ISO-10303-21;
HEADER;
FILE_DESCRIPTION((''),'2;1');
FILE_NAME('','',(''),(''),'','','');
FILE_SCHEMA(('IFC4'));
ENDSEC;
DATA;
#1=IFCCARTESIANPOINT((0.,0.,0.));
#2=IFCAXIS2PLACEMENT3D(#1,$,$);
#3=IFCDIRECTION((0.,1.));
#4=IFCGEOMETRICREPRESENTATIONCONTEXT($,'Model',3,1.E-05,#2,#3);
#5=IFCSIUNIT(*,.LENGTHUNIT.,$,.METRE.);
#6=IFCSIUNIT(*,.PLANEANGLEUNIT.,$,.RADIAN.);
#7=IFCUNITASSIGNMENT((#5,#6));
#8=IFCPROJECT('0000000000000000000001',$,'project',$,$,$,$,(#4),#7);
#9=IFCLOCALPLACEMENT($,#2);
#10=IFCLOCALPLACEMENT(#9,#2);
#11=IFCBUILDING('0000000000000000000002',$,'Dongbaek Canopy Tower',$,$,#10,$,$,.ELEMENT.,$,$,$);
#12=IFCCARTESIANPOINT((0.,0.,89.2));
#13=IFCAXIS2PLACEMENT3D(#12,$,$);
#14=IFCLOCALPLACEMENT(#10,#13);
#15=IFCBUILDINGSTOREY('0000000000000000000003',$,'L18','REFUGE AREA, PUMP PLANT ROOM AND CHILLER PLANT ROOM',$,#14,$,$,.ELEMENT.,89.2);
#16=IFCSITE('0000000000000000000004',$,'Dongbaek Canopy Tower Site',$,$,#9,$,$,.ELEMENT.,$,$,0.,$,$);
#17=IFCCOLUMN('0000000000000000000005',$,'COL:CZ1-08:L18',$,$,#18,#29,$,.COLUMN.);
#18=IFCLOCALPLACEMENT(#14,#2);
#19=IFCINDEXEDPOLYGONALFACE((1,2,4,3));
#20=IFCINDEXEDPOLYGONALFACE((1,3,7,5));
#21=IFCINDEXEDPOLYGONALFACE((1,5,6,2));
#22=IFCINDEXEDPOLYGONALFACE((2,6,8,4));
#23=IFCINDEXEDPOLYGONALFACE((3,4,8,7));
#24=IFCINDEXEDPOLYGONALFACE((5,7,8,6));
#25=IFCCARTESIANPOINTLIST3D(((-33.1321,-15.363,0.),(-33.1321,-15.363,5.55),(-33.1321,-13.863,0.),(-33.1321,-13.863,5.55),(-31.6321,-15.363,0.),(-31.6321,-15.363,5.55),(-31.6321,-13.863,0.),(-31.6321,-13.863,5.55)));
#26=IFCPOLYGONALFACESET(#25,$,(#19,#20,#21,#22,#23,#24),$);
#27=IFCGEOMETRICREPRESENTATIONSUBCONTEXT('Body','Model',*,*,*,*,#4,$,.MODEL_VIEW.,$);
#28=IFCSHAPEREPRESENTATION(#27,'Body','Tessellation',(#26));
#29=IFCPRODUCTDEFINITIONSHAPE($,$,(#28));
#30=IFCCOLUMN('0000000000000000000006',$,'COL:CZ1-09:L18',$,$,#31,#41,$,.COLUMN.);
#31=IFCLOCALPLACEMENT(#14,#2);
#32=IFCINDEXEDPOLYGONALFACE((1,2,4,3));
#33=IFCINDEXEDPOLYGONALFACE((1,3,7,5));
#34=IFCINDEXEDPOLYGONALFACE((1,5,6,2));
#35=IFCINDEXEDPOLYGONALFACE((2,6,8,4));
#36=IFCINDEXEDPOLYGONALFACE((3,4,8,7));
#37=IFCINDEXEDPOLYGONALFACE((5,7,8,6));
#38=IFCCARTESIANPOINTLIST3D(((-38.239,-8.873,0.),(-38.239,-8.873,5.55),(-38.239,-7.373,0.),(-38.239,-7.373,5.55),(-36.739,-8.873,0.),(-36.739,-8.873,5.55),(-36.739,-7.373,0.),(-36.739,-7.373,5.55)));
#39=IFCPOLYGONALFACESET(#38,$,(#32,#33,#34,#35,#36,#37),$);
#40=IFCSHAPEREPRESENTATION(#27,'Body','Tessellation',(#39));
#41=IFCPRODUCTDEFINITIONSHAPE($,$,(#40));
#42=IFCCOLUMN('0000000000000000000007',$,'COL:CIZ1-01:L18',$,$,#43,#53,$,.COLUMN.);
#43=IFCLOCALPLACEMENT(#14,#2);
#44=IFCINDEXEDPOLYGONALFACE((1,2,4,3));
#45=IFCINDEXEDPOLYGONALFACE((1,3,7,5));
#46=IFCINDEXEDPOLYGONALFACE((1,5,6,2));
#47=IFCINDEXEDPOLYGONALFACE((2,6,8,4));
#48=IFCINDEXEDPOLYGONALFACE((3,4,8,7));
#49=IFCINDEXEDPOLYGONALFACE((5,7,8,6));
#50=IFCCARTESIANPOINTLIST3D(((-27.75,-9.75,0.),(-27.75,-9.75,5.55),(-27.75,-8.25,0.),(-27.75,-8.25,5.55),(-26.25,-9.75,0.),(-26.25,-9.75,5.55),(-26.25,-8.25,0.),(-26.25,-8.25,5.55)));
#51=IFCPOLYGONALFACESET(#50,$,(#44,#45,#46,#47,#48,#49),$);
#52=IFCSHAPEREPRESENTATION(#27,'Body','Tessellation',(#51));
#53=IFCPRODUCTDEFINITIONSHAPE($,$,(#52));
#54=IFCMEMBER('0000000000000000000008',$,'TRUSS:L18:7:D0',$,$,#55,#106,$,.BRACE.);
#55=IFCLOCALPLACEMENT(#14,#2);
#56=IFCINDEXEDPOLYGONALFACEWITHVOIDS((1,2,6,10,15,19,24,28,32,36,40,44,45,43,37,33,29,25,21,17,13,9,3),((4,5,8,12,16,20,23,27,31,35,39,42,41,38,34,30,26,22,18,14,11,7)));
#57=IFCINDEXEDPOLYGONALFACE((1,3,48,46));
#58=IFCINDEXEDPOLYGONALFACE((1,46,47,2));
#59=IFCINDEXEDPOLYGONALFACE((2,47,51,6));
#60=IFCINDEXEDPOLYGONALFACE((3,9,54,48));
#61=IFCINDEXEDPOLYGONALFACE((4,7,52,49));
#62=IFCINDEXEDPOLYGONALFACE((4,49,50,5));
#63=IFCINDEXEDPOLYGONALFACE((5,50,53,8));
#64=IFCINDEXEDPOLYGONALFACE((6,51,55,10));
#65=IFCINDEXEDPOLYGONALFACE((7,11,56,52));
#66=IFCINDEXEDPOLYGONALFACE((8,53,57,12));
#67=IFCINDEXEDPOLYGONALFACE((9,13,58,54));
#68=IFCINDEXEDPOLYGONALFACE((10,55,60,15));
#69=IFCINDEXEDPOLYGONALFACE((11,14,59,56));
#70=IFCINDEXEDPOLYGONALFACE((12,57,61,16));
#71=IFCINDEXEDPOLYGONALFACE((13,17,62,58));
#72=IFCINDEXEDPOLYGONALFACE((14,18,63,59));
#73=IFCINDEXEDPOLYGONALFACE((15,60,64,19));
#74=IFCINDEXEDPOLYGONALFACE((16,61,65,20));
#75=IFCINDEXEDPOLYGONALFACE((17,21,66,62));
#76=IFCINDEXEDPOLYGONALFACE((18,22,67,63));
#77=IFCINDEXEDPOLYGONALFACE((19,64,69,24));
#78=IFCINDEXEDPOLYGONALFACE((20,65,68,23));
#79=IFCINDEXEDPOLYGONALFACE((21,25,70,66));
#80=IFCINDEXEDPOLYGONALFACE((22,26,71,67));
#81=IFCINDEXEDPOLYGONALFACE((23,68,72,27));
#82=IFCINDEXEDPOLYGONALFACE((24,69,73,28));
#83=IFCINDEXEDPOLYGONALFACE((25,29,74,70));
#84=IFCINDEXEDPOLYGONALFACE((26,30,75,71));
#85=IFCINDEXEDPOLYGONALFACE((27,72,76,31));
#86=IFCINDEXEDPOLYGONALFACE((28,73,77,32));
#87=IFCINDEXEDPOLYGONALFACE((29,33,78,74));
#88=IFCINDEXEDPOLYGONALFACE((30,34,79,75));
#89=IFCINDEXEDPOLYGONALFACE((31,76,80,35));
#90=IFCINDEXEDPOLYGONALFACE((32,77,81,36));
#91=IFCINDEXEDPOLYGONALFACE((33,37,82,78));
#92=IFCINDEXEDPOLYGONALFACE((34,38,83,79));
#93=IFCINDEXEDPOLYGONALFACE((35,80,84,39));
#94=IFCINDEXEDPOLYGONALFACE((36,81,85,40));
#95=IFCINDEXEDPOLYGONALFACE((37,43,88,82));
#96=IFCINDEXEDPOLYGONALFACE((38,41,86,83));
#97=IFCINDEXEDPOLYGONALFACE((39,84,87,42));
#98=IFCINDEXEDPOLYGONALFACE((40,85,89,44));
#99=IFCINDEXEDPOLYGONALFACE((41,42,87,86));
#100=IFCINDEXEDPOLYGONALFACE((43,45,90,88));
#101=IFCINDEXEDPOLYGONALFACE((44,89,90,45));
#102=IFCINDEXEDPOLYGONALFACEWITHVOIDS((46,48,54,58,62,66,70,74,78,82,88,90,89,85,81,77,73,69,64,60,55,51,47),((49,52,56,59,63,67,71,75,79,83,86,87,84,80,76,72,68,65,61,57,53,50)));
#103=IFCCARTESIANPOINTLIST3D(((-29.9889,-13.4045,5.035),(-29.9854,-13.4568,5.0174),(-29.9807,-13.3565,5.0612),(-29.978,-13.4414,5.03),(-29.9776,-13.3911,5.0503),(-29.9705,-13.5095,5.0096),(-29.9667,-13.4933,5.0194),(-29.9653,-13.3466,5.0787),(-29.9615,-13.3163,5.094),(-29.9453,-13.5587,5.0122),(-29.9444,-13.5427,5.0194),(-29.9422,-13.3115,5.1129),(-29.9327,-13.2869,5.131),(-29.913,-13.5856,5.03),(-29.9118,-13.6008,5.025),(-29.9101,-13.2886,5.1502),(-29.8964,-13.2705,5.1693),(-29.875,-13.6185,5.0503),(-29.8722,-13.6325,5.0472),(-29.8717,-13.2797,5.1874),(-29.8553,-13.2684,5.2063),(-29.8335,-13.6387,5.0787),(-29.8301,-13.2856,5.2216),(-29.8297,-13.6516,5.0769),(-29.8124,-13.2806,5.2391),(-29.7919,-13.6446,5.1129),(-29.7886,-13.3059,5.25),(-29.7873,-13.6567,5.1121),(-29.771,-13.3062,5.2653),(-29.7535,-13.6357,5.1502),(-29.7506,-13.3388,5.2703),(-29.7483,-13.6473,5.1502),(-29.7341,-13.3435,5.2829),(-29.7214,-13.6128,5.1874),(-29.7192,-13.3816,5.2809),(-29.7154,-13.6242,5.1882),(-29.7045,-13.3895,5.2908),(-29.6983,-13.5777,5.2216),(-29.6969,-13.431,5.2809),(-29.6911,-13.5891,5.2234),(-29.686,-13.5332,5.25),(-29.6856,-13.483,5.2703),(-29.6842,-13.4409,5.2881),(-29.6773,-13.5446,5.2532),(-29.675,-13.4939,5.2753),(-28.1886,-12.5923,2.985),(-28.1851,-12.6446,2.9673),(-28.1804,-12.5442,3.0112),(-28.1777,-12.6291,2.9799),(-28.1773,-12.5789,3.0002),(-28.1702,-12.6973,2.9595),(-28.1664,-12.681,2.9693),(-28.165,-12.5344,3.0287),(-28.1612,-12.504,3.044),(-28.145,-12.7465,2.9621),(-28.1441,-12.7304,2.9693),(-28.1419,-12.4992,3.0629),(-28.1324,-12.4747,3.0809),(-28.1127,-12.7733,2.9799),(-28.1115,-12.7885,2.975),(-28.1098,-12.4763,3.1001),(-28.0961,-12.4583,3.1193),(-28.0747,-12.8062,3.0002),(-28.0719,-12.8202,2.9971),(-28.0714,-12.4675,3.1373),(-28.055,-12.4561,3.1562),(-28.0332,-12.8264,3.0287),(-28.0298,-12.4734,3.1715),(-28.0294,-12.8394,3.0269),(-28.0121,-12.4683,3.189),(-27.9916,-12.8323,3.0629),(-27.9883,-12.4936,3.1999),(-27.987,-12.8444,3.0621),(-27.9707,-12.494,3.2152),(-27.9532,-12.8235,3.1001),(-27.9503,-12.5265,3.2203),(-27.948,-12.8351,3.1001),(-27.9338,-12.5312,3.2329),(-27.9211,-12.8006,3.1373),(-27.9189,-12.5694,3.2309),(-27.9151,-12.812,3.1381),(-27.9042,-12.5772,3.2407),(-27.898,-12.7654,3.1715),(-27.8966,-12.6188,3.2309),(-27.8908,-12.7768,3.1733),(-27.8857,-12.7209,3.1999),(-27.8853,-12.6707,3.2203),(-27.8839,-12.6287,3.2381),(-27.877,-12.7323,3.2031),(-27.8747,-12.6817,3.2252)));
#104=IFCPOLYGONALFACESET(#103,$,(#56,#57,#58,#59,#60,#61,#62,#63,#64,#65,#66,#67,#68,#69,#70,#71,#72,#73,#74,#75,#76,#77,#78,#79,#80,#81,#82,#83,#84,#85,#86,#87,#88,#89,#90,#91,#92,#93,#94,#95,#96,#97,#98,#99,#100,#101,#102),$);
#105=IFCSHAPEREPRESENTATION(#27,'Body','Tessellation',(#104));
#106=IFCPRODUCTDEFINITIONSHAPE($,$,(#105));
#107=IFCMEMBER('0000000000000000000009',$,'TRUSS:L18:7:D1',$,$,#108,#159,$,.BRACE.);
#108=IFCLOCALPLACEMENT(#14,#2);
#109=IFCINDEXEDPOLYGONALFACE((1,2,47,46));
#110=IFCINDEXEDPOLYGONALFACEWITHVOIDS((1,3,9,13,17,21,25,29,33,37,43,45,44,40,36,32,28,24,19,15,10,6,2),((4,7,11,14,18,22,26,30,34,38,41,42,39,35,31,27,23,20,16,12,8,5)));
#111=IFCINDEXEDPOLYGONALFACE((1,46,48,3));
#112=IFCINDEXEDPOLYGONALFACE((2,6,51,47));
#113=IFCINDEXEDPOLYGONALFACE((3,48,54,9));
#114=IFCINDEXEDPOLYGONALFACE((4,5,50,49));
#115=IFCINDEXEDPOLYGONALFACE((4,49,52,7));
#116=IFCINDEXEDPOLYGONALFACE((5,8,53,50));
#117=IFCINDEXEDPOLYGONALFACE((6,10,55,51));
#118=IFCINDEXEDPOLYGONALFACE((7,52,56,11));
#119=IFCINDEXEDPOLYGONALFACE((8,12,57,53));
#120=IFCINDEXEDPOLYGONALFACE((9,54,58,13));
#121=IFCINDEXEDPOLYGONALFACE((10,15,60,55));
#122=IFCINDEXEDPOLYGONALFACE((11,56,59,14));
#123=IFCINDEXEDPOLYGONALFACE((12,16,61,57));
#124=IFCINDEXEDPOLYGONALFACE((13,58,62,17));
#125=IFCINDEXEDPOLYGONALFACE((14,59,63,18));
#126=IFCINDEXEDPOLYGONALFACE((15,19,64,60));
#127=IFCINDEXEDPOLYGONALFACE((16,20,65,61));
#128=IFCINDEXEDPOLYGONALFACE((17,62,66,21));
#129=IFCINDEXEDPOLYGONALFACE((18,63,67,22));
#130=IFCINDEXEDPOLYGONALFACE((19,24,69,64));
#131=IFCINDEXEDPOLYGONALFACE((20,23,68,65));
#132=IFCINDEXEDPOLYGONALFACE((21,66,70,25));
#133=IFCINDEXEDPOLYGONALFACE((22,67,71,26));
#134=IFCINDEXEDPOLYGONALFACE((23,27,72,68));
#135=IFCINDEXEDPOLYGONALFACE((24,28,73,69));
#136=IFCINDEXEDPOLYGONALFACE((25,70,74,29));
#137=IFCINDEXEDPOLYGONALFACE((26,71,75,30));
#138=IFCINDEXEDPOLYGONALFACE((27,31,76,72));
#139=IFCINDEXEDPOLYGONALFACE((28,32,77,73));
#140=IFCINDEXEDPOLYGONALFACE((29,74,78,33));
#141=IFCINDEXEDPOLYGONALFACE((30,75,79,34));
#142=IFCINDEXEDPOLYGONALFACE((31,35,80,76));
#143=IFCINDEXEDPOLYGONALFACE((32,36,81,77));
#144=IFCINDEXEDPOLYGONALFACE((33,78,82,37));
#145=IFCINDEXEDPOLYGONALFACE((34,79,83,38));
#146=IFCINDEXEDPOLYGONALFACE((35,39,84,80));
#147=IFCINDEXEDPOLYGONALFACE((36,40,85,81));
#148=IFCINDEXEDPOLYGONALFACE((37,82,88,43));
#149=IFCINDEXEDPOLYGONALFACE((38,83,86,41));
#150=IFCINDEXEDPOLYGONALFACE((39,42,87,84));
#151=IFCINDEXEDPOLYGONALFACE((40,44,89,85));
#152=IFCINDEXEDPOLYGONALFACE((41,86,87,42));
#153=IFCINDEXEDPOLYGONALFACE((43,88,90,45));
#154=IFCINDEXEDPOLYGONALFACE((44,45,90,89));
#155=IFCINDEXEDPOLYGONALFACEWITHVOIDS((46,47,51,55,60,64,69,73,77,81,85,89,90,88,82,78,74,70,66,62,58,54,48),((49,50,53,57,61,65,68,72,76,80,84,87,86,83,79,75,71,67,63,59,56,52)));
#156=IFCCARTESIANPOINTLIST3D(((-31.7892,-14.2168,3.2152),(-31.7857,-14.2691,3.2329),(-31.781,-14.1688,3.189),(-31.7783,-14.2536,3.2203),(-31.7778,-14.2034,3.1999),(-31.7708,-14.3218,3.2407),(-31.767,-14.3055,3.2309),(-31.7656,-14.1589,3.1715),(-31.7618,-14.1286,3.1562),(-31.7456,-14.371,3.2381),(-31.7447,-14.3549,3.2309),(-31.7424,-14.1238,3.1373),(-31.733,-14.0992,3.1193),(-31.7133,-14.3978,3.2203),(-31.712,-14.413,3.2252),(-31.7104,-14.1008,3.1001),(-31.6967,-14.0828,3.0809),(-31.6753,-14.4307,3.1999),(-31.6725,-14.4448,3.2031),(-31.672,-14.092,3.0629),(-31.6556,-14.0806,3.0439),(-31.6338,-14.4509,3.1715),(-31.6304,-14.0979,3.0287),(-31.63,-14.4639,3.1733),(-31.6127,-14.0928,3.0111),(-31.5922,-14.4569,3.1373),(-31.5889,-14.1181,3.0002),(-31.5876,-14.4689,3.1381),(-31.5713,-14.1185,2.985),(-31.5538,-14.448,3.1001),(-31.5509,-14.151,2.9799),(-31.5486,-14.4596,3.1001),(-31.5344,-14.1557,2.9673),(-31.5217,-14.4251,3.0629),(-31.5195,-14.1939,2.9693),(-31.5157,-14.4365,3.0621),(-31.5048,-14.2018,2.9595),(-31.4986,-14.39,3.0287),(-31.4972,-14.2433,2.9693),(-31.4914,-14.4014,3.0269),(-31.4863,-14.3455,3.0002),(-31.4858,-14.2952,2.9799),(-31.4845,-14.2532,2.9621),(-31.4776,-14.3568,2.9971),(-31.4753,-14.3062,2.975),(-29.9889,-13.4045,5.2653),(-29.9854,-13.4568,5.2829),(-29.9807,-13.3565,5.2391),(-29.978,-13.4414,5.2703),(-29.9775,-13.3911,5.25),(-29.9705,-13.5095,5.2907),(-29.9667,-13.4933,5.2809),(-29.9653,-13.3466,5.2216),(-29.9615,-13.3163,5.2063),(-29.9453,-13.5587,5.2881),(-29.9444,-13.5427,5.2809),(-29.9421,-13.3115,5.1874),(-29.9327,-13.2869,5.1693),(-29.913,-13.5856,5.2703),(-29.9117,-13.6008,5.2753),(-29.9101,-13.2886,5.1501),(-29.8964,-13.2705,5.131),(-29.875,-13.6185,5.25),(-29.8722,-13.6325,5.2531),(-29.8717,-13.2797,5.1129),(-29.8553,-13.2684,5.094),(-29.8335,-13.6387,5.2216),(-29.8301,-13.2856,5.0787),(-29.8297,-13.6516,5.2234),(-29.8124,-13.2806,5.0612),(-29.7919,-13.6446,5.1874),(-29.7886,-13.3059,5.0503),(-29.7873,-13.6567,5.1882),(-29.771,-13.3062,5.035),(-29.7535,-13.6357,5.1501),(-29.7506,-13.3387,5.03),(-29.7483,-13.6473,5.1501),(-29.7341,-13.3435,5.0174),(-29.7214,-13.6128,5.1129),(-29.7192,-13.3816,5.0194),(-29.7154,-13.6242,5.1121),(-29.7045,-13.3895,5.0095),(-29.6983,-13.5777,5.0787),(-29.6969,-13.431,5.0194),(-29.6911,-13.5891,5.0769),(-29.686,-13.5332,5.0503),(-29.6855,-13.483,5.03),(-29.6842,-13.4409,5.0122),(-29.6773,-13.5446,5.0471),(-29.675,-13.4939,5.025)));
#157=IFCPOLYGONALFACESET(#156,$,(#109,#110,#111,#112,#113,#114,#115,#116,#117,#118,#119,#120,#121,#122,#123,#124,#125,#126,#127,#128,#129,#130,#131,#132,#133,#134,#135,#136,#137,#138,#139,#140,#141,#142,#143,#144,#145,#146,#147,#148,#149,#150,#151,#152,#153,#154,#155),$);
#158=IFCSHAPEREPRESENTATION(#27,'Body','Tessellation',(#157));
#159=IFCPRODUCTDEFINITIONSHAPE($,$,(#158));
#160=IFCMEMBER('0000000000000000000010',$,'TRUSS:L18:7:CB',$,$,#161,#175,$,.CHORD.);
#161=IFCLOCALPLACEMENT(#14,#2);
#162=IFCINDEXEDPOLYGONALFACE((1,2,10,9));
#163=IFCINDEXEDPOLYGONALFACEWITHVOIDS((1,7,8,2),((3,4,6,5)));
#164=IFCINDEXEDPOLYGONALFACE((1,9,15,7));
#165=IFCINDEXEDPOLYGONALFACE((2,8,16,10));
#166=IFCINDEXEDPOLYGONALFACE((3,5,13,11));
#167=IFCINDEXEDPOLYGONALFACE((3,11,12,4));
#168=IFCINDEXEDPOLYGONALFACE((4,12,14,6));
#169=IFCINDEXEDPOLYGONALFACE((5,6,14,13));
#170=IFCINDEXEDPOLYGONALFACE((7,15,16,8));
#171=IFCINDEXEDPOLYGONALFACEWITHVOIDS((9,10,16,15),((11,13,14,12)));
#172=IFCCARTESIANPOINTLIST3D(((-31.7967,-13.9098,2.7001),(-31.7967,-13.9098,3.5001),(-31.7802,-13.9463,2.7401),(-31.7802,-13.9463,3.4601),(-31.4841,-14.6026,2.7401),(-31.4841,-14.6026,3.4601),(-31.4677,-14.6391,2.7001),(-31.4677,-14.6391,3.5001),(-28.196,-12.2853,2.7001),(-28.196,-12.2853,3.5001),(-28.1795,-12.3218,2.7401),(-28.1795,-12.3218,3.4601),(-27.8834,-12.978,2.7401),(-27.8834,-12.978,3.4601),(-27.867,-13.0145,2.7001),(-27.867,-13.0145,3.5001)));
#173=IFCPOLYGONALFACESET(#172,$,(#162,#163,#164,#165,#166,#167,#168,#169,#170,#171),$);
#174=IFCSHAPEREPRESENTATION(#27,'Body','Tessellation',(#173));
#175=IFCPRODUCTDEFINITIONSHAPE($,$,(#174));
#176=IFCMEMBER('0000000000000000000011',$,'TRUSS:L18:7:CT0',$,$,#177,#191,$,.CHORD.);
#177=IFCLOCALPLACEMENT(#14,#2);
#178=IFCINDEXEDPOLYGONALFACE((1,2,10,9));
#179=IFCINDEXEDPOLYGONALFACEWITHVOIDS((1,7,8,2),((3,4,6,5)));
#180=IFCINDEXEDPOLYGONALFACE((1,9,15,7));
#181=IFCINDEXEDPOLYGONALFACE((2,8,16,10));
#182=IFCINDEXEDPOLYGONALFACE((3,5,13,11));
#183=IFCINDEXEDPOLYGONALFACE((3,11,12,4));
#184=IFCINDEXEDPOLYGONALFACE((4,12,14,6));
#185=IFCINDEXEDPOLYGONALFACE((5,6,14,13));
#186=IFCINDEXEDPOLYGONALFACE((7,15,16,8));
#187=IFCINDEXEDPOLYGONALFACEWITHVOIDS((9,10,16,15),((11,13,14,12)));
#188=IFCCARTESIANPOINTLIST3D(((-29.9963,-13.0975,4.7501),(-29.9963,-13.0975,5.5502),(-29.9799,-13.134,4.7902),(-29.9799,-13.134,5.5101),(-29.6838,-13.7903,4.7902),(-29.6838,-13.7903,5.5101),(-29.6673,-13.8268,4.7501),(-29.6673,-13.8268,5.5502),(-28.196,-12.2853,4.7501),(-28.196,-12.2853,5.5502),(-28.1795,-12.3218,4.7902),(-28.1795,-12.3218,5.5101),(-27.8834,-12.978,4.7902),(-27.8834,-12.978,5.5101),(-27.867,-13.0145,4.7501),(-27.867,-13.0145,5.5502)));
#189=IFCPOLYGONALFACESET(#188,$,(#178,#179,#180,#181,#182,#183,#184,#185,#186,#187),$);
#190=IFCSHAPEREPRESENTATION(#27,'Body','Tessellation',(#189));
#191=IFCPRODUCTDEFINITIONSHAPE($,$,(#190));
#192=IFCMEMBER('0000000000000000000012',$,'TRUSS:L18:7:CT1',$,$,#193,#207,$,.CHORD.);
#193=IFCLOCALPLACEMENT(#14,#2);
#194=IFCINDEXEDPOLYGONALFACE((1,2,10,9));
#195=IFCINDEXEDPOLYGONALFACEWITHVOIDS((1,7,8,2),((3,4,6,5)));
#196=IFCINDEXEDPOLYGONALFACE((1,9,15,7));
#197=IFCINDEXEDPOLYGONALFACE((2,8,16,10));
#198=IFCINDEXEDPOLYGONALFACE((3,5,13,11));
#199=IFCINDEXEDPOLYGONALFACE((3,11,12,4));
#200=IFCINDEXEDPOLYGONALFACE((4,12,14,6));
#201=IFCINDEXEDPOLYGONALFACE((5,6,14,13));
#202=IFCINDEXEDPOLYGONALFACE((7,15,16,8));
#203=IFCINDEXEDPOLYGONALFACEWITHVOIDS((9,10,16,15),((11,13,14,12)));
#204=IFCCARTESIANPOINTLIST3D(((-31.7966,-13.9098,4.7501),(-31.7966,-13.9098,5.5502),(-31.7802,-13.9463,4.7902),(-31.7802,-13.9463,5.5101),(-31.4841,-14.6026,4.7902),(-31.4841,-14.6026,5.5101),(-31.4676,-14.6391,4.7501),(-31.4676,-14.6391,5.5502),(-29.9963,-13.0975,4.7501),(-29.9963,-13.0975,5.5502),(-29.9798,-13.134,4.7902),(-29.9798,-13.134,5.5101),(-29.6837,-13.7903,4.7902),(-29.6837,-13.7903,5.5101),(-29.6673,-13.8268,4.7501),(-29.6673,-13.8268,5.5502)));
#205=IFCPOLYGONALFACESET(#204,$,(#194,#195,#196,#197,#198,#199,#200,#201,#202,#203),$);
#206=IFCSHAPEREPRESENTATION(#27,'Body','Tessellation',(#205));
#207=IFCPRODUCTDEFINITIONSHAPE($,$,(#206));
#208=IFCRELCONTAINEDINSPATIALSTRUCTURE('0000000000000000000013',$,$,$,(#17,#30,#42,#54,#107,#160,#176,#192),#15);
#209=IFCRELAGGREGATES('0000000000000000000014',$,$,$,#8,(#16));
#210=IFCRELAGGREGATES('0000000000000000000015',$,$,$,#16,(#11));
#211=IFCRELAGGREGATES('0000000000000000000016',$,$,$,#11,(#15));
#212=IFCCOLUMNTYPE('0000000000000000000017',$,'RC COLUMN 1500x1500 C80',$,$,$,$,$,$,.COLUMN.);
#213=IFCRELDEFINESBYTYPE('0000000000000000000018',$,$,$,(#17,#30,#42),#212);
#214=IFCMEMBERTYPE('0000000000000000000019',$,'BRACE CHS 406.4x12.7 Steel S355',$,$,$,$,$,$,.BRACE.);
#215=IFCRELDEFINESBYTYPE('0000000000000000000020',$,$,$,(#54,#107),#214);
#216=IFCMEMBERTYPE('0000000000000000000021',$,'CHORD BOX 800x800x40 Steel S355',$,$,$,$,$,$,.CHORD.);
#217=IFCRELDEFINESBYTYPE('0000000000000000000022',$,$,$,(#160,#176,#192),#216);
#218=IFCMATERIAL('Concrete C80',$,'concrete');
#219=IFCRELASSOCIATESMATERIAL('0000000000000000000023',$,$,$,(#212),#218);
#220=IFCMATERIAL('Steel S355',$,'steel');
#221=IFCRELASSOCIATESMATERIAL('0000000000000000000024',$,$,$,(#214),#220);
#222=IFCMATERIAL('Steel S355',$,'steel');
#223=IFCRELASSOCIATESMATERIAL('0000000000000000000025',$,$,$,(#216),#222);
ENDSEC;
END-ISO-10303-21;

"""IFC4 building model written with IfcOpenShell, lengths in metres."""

from ifc_helpers import new_model, si_unit, direction, frame, origin, origin_2d, place, context, subcontext, project, spatial, rectangle, hollow_rectangle, hollow_circle, extrude, material, material_profile, profile_set, type_object, element, save


model = new_model("IFC4")

# Units and contexts
model_context = context("Model", 3, precision=1e-05, world=origin(), true_north=direction((0.0, 1.0)))
body_context = subcontext(model_context, "Body", "Model", "MODEL_VIEW")
ifc_project = project(units=[si_unit("LENGTHUNIT", "METRE"), si_unit("PLANEANGLEUNIT", "RADIAN")], contexts=[model_context])

# Site, building, storey
site_placement = place(None, origin())
site = spatial("IfcSite", under=ifc_project, at=site_placement, Name="Dongbaek Canopy Tower Site", CompositionType="ELEMENT", RefElevation=0.0)
building_placement = place(site_placement, origin())
building = spatial("IfcBuilding", under=site, at=building_placement, Name="Dongbaek Canopy Tower", CompositionType="ELEMENT")
storey_placement = place(building_placement, frame((0.0, 0.0, 89.2)))
storey = spatial("IfcBuildingStorey", under=building, at=storey_placement, Name="L18", Description="REFUGE AREA, PUMP PLANT ROOM AND CHILLER PLANT ROOM", CompositionType="ELEMENT", Elevation=89.2)

# Columns
ifc_material_1 = material(Name="Concrete C80", Category="concrete")
ifc_material_profile_1 = material_profile(ifc_material_1, rectangle(XDim=1.5, YDim=1.5, at=origin_2d()), Name="RC COLUMN 1500x1500 C80")
ifc_profile_set_1 = profile_set([ifc_material_profile_1], Name="Concrete C80")
column_type = type_object("IfcColumnType", Name="RC COLUMN 1500x1500 C80", PredefinedType="COLUMN", material=ifc_profile_set_1)
for number, where, z_axis, x_axis, name in (
    (1, (-32.3821, -14.613, 0.0), (0.0, 0.0, 1.0), (1.0, 0.0, 0.0), "COL:CZ1-08:L18"),
    (2, (-37.489, -8.123, 0.0), (0.0, 0.0, 1.0), (1.0, 0.0, 0.0), "COL:CZ1-09:L18"),
    (3, (-27.0, -9.0, 0.0), (0.0, 0.0, 1.0), (1.0, 0.0, 0.0), "COL:CIZ1-01:L18"),
):
    element("IfcColumn", number, at=place(storey_placement, frame(where, z_axis=z_axis, x_axis=x_axis)), inside=storey, type_object=column_type, Name=name, PredefinedType="COLUMN", context=body_context, shape_type="SweptSolid", body=[
        extrude(rectangle(XDim=1.5, YDim=1.5, at=origin_2d()), origin(), (0.0, 0.0, 1.0), 5.55),
    ])

# Members
ifc_material_2 = material(Name="Steel S355", Category="steel")
ifc_material_profile_2 = material_profile(ifc_material_2, hollow_circle(Radius=0.2031, WallThickness=0.0127, at=origin_2d()), Name="BRACE CHS 406.4x12.7 Steel S355")
ifc_profile_set_2 = profile_set([ifc_material_profile_2], Name="Steel S355")
member_type_1 = type_object("IfcMemberType", Name="BRACE CHS 406.4x12.7 Steel S355", PredefinedType="BRACE", material=ifc_profile_set_2)
for number, where, z_axis, x_axis, name in (
    (4, (-28.0315, -12.6499, 3.1001), (-0.632421, -0.285336, 0.720158), (0.411259, -0.911519, 0.0), "TRUSS:L18:7:D0"),
    (5, (-29.8318, -13.4622, 5.1501), (-0.632421, -0.285336, -0.720158), (0.411259, -0.911519, 0.0), "TRUSS:L18:7:D1"),
):
    element("IfcMember", number, at=place(storey_placement, frame(where, z_axis=z_axis, x_axis=x_axis)), inside=storey, type_object=member_type_1, Name=name, PredefinedType="BRACE", context=body_context, shape_type="SweptSolid", body=[
        extrude(hollow_circle(Radius=0.2031, WallThickness=0.0127, at=origin_2d()), origin(), (0.0, 0.0, 1.0), 2.8467),
    ])
ifc_material_3 = material(Name="Steel S355", Category="steel")
ifc_material_profile_3 = material_profile(ifc_material_3, hollow_rectangle(XDim=0.8, YDim=0.8, WallThickness=0.04, at=origin_2d()), Name="CHORD BOX 800x800x40 Steel S355")
ifc_profile_set_3 = profile_set([ifc_material_profile_3], Name="Steel S355")
member_type_2 = type_object("IfcMemberType", Name="CHORD BOX 800x800x40 Steel S355", PredefinedType="CHORD", material=ifc_profile_set_3)
member_1_placement = place(storey_placement, frame((-28.0315, -12.6499, 3.1001), z_axis=(-0.911519, -0.411259, 0.0), x_axis=(0.411259, -0.911519, 0.0)))
element("IfcMember", 6, at=member_1_placement, inside=storey, type_object=member_type_2, Name="TRUSS:L18:7:CB", PredefinedType="CHORD", context=body_context, shape_type="SweptSolid", body=[
    extrude(hollow_rectangle(XDim=0.8, YDim=0.8, WallThickness=0.04, at=origin_2d()), origin(), (0.0, 0.0, 1.0), 3.9502),
])
for number, where, z_axis, x_axis, name in (
    (7, (-28.0315, -12.6499, 5.1501), (-0.911519, -0.411259, 0.0), (0.411259, -0.911519, 0.0), "TRUSS:L18:7:CT0"),
    (8, (-29.8318, -13.4622, 5.1501), (-0.911519, -0.411259, 0.0), (0.411259, -0.911519, 0.0), "TRUSS:L18:7:CT1"),
):
    element("IfcMember", number, at=place(storey_placement, frame(where, z_axis=z_axis, x_axis=x_axis)), inside=storey, type_object=member_type_2, Name=name, PredefinedType="CHORD", context=body_context, shape_type="SweptSolid", body=[
        extrude(hollow_rectangle(XDim=0.8, YDim=0.8, WallThickness=0.04, at=origin_2d()), origin(), (0.0, 0.0, 1.0), 1.9751),
    ])

save(model, "model.ifc")
